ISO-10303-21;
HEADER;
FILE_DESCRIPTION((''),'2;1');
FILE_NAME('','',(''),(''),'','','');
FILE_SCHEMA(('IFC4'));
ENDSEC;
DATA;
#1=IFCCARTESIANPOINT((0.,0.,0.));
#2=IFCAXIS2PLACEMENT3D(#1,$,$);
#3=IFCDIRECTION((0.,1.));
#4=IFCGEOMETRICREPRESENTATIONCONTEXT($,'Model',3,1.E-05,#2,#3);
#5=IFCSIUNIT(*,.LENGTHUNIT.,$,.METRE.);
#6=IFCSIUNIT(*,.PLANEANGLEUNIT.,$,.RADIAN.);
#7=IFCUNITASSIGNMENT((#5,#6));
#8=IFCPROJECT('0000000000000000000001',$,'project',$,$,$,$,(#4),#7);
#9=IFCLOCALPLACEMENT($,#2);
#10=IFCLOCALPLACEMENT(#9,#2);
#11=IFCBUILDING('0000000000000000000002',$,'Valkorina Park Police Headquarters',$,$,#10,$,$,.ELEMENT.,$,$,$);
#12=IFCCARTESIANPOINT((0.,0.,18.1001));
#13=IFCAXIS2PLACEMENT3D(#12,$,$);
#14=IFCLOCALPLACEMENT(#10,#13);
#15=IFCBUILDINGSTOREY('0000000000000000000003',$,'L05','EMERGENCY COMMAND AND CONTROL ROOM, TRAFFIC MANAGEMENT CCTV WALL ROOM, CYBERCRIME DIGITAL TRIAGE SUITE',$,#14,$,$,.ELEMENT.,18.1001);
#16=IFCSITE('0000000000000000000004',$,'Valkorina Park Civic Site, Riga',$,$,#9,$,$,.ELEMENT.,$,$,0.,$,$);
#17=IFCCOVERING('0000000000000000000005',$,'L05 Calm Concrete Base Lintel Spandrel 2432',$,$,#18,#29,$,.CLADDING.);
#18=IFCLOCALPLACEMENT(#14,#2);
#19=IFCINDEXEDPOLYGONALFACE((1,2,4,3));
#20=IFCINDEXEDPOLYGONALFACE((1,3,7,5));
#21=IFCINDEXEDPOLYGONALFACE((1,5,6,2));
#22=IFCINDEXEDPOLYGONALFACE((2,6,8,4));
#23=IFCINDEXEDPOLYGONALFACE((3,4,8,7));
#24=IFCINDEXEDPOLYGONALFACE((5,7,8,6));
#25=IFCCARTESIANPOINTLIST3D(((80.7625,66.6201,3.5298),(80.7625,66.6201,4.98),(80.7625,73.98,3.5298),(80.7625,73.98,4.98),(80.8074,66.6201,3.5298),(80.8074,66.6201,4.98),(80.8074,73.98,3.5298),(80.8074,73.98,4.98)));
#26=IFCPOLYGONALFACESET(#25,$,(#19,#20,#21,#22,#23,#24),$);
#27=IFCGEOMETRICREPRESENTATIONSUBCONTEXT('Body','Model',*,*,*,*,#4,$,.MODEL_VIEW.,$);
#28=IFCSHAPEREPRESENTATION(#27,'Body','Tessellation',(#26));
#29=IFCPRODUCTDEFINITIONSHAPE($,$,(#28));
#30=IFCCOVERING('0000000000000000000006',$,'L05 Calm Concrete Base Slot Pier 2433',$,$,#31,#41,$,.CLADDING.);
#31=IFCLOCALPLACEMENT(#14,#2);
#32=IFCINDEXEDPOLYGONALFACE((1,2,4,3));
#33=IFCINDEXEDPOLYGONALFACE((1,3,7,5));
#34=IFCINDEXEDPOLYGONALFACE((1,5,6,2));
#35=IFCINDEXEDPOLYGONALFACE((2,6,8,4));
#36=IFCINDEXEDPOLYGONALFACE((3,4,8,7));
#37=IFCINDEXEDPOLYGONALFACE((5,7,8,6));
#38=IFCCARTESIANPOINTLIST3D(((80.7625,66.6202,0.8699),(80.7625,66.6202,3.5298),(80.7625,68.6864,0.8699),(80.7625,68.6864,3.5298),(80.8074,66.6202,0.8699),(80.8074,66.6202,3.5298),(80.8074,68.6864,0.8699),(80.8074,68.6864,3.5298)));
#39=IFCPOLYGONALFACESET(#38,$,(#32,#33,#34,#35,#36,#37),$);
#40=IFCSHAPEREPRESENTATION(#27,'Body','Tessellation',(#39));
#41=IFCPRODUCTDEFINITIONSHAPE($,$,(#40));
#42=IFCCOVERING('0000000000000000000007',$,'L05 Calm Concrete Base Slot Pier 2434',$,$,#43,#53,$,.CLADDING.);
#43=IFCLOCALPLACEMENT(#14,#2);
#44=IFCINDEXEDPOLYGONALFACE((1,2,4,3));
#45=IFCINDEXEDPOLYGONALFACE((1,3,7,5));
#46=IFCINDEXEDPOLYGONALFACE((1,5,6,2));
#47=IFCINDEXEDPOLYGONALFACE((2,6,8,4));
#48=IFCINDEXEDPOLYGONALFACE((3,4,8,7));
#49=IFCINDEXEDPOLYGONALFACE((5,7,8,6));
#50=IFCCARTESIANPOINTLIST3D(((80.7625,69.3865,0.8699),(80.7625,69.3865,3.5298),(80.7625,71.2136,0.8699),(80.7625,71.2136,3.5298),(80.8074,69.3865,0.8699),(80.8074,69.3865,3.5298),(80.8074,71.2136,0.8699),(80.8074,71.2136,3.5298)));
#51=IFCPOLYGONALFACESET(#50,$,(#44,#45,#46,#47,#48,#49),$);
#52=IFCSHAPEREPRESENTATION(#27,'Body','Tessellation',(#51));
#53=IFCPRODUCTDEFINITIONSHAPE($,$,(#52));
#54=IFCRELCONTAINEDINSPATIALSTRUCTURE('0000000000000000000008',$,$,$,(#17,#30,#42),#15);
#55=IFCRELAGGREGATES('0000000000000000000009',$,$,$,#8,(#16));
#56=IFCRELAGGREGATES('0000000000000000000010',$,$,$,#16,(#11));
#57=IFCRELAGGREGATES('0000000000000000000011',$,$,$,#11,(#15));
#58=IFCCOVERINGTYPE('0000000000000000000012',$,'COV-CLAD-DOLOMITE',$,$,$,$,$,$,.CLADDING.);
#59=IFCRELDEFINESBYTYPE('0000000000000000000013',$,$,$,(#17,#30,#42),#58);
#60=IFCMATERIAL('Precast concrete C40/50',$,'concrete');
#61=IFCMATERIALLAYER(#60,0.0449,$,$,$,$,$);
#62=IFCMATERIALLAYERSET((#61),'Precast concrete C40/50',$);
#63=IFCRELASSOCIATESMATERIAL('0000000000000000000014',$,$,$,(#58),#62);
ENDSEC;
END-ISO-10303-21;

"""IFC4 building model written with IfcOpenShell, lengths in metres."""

from ifc_helpers import new_model, si_unit, direction, frame, frame_2d, origin, place, context, subcontext, project, spatial, rectangle, extrude, material, layer, layer_set, type_object, element, save


model = new_model("IFC4")

# Units and contexts
model_context = context("Model", 3, precision=1e-05, world=origin(), true_north=direction((0.0, 1.0)))
body_context = subcontext(model_context, "Body", "Model", "MODEL_VIEW")
ifc_project = project(units=[si_unit("LENGTHUNIT", "METRE"), si_unit("PLANEANGLEUNIT", "RADIAN")], contexts=[model_context])

# Site, building, storey
site_placement = place(None, origin())
site = spatial("IfcSite", under=ifc_project, at=site_placement, Name="Valkorina Park Civic Site, Riga", CompositionType="ELEMENT", RefElevation=0.0)
building_placement = place(site_placement, origin())
building = spatial("IfcBuilding", under=site, at=building_placement, Name="Valkorina Park Police Headquarters", CompositionType="ELEMENT")
storey_placement = place(building_placement, frame((0.0, 0.0, 18.1001)))
storey = spatial("IfcBuildingStorey", under=building, at=storey_placement, Name="L05", Description="EMERGENCY COMMAND AND CONTROL ROOM, TRAFFIC MANAGEMENT CCTV WALL ROOM, CYBERCRIME DIGITAL TRIAGE SUITE", CompositionType="ELEMENT", Elevation=18.1001)

# Coverings
ifc_material_1 = material(Name="Precast concrete C40/50", Category="concrete")
ifc_layer_1 = layer(ifc_material_1, 0.0449)
ifc_layer_set_1 = layer_set([ifc_layer_1], Name="Precast concrete C40/50")
covering_type = type_object("IfcCoveringType", Name="COV-CLAD-DOLOMITE", PredefinedType="CLADDING", material=ifc_layer_set_1)
covering_1_placement = place(storey_placement, frame((80.7849, 66.6201, 3.5298), z_axis=(0.0, 0.0, 1.0), x_axis=(0.0, 1.0, 0.0)))
element("IfcCovering", 1, at=covering_1_placement, inside=storey, type_object=covering_type, Name="L05 Calm Concrete Base Lintel Spandrel 2432", PredefinedType="CLADDING", context=body_context, shape_type="SweptSolid", body=[
    extrude(rectangle(XDim=7.3599, YDim=0.0449, at=frame_2d((3.6799, 0.0))), origin(), (0.0, 0.0, 1.0), 1.4502),
])
covering_2_placement = place(storey_placement, frame((80.7849, 66.6201, 0.8699), z_axis=(0.0, 0.0, 1.0), x_axis=(0.0, 1.0, 0.0)))
element("IfcCovering", 2, at=covering_2_placement, inside=storey, type_object=covering_type, Name="L05 Calm Concrete Base Slot Pier 2433", PredefinedType="CLADDING", context=body_context, shape_type="SweptSolid", body=[
    extrude(rectangle(XDim=2.0662, YDim=0.0449, at=frame_2d((1.0332, 0.0))), origin(), (0.0, 0.0, 1.0), 2.6599),
])
covering_3_placement = place(storey_placement, frame((80.7849, 69.3865, 0.8699), z_axis=(0.0, 0.0, 1.0), x_axis=(0.0, 1.0, 0.0)))
element("IfcCovering", 3, at=covering_3_placement, inside=storey, type_object=covering_type, Name="L05 Calm Concrete Base Slot Pier 2434", PredefinedType="CLADDING", context=body_context, shape_type="SweptSolid", body=[
    extrude(rectangle(XDim=1.8271, YDim=0.0449, at=frame_2d((0.9136, 0.0))), origin(), (0.0, 0.0, 1.0), 2.6599),
])

save(model, "model.ifc")
